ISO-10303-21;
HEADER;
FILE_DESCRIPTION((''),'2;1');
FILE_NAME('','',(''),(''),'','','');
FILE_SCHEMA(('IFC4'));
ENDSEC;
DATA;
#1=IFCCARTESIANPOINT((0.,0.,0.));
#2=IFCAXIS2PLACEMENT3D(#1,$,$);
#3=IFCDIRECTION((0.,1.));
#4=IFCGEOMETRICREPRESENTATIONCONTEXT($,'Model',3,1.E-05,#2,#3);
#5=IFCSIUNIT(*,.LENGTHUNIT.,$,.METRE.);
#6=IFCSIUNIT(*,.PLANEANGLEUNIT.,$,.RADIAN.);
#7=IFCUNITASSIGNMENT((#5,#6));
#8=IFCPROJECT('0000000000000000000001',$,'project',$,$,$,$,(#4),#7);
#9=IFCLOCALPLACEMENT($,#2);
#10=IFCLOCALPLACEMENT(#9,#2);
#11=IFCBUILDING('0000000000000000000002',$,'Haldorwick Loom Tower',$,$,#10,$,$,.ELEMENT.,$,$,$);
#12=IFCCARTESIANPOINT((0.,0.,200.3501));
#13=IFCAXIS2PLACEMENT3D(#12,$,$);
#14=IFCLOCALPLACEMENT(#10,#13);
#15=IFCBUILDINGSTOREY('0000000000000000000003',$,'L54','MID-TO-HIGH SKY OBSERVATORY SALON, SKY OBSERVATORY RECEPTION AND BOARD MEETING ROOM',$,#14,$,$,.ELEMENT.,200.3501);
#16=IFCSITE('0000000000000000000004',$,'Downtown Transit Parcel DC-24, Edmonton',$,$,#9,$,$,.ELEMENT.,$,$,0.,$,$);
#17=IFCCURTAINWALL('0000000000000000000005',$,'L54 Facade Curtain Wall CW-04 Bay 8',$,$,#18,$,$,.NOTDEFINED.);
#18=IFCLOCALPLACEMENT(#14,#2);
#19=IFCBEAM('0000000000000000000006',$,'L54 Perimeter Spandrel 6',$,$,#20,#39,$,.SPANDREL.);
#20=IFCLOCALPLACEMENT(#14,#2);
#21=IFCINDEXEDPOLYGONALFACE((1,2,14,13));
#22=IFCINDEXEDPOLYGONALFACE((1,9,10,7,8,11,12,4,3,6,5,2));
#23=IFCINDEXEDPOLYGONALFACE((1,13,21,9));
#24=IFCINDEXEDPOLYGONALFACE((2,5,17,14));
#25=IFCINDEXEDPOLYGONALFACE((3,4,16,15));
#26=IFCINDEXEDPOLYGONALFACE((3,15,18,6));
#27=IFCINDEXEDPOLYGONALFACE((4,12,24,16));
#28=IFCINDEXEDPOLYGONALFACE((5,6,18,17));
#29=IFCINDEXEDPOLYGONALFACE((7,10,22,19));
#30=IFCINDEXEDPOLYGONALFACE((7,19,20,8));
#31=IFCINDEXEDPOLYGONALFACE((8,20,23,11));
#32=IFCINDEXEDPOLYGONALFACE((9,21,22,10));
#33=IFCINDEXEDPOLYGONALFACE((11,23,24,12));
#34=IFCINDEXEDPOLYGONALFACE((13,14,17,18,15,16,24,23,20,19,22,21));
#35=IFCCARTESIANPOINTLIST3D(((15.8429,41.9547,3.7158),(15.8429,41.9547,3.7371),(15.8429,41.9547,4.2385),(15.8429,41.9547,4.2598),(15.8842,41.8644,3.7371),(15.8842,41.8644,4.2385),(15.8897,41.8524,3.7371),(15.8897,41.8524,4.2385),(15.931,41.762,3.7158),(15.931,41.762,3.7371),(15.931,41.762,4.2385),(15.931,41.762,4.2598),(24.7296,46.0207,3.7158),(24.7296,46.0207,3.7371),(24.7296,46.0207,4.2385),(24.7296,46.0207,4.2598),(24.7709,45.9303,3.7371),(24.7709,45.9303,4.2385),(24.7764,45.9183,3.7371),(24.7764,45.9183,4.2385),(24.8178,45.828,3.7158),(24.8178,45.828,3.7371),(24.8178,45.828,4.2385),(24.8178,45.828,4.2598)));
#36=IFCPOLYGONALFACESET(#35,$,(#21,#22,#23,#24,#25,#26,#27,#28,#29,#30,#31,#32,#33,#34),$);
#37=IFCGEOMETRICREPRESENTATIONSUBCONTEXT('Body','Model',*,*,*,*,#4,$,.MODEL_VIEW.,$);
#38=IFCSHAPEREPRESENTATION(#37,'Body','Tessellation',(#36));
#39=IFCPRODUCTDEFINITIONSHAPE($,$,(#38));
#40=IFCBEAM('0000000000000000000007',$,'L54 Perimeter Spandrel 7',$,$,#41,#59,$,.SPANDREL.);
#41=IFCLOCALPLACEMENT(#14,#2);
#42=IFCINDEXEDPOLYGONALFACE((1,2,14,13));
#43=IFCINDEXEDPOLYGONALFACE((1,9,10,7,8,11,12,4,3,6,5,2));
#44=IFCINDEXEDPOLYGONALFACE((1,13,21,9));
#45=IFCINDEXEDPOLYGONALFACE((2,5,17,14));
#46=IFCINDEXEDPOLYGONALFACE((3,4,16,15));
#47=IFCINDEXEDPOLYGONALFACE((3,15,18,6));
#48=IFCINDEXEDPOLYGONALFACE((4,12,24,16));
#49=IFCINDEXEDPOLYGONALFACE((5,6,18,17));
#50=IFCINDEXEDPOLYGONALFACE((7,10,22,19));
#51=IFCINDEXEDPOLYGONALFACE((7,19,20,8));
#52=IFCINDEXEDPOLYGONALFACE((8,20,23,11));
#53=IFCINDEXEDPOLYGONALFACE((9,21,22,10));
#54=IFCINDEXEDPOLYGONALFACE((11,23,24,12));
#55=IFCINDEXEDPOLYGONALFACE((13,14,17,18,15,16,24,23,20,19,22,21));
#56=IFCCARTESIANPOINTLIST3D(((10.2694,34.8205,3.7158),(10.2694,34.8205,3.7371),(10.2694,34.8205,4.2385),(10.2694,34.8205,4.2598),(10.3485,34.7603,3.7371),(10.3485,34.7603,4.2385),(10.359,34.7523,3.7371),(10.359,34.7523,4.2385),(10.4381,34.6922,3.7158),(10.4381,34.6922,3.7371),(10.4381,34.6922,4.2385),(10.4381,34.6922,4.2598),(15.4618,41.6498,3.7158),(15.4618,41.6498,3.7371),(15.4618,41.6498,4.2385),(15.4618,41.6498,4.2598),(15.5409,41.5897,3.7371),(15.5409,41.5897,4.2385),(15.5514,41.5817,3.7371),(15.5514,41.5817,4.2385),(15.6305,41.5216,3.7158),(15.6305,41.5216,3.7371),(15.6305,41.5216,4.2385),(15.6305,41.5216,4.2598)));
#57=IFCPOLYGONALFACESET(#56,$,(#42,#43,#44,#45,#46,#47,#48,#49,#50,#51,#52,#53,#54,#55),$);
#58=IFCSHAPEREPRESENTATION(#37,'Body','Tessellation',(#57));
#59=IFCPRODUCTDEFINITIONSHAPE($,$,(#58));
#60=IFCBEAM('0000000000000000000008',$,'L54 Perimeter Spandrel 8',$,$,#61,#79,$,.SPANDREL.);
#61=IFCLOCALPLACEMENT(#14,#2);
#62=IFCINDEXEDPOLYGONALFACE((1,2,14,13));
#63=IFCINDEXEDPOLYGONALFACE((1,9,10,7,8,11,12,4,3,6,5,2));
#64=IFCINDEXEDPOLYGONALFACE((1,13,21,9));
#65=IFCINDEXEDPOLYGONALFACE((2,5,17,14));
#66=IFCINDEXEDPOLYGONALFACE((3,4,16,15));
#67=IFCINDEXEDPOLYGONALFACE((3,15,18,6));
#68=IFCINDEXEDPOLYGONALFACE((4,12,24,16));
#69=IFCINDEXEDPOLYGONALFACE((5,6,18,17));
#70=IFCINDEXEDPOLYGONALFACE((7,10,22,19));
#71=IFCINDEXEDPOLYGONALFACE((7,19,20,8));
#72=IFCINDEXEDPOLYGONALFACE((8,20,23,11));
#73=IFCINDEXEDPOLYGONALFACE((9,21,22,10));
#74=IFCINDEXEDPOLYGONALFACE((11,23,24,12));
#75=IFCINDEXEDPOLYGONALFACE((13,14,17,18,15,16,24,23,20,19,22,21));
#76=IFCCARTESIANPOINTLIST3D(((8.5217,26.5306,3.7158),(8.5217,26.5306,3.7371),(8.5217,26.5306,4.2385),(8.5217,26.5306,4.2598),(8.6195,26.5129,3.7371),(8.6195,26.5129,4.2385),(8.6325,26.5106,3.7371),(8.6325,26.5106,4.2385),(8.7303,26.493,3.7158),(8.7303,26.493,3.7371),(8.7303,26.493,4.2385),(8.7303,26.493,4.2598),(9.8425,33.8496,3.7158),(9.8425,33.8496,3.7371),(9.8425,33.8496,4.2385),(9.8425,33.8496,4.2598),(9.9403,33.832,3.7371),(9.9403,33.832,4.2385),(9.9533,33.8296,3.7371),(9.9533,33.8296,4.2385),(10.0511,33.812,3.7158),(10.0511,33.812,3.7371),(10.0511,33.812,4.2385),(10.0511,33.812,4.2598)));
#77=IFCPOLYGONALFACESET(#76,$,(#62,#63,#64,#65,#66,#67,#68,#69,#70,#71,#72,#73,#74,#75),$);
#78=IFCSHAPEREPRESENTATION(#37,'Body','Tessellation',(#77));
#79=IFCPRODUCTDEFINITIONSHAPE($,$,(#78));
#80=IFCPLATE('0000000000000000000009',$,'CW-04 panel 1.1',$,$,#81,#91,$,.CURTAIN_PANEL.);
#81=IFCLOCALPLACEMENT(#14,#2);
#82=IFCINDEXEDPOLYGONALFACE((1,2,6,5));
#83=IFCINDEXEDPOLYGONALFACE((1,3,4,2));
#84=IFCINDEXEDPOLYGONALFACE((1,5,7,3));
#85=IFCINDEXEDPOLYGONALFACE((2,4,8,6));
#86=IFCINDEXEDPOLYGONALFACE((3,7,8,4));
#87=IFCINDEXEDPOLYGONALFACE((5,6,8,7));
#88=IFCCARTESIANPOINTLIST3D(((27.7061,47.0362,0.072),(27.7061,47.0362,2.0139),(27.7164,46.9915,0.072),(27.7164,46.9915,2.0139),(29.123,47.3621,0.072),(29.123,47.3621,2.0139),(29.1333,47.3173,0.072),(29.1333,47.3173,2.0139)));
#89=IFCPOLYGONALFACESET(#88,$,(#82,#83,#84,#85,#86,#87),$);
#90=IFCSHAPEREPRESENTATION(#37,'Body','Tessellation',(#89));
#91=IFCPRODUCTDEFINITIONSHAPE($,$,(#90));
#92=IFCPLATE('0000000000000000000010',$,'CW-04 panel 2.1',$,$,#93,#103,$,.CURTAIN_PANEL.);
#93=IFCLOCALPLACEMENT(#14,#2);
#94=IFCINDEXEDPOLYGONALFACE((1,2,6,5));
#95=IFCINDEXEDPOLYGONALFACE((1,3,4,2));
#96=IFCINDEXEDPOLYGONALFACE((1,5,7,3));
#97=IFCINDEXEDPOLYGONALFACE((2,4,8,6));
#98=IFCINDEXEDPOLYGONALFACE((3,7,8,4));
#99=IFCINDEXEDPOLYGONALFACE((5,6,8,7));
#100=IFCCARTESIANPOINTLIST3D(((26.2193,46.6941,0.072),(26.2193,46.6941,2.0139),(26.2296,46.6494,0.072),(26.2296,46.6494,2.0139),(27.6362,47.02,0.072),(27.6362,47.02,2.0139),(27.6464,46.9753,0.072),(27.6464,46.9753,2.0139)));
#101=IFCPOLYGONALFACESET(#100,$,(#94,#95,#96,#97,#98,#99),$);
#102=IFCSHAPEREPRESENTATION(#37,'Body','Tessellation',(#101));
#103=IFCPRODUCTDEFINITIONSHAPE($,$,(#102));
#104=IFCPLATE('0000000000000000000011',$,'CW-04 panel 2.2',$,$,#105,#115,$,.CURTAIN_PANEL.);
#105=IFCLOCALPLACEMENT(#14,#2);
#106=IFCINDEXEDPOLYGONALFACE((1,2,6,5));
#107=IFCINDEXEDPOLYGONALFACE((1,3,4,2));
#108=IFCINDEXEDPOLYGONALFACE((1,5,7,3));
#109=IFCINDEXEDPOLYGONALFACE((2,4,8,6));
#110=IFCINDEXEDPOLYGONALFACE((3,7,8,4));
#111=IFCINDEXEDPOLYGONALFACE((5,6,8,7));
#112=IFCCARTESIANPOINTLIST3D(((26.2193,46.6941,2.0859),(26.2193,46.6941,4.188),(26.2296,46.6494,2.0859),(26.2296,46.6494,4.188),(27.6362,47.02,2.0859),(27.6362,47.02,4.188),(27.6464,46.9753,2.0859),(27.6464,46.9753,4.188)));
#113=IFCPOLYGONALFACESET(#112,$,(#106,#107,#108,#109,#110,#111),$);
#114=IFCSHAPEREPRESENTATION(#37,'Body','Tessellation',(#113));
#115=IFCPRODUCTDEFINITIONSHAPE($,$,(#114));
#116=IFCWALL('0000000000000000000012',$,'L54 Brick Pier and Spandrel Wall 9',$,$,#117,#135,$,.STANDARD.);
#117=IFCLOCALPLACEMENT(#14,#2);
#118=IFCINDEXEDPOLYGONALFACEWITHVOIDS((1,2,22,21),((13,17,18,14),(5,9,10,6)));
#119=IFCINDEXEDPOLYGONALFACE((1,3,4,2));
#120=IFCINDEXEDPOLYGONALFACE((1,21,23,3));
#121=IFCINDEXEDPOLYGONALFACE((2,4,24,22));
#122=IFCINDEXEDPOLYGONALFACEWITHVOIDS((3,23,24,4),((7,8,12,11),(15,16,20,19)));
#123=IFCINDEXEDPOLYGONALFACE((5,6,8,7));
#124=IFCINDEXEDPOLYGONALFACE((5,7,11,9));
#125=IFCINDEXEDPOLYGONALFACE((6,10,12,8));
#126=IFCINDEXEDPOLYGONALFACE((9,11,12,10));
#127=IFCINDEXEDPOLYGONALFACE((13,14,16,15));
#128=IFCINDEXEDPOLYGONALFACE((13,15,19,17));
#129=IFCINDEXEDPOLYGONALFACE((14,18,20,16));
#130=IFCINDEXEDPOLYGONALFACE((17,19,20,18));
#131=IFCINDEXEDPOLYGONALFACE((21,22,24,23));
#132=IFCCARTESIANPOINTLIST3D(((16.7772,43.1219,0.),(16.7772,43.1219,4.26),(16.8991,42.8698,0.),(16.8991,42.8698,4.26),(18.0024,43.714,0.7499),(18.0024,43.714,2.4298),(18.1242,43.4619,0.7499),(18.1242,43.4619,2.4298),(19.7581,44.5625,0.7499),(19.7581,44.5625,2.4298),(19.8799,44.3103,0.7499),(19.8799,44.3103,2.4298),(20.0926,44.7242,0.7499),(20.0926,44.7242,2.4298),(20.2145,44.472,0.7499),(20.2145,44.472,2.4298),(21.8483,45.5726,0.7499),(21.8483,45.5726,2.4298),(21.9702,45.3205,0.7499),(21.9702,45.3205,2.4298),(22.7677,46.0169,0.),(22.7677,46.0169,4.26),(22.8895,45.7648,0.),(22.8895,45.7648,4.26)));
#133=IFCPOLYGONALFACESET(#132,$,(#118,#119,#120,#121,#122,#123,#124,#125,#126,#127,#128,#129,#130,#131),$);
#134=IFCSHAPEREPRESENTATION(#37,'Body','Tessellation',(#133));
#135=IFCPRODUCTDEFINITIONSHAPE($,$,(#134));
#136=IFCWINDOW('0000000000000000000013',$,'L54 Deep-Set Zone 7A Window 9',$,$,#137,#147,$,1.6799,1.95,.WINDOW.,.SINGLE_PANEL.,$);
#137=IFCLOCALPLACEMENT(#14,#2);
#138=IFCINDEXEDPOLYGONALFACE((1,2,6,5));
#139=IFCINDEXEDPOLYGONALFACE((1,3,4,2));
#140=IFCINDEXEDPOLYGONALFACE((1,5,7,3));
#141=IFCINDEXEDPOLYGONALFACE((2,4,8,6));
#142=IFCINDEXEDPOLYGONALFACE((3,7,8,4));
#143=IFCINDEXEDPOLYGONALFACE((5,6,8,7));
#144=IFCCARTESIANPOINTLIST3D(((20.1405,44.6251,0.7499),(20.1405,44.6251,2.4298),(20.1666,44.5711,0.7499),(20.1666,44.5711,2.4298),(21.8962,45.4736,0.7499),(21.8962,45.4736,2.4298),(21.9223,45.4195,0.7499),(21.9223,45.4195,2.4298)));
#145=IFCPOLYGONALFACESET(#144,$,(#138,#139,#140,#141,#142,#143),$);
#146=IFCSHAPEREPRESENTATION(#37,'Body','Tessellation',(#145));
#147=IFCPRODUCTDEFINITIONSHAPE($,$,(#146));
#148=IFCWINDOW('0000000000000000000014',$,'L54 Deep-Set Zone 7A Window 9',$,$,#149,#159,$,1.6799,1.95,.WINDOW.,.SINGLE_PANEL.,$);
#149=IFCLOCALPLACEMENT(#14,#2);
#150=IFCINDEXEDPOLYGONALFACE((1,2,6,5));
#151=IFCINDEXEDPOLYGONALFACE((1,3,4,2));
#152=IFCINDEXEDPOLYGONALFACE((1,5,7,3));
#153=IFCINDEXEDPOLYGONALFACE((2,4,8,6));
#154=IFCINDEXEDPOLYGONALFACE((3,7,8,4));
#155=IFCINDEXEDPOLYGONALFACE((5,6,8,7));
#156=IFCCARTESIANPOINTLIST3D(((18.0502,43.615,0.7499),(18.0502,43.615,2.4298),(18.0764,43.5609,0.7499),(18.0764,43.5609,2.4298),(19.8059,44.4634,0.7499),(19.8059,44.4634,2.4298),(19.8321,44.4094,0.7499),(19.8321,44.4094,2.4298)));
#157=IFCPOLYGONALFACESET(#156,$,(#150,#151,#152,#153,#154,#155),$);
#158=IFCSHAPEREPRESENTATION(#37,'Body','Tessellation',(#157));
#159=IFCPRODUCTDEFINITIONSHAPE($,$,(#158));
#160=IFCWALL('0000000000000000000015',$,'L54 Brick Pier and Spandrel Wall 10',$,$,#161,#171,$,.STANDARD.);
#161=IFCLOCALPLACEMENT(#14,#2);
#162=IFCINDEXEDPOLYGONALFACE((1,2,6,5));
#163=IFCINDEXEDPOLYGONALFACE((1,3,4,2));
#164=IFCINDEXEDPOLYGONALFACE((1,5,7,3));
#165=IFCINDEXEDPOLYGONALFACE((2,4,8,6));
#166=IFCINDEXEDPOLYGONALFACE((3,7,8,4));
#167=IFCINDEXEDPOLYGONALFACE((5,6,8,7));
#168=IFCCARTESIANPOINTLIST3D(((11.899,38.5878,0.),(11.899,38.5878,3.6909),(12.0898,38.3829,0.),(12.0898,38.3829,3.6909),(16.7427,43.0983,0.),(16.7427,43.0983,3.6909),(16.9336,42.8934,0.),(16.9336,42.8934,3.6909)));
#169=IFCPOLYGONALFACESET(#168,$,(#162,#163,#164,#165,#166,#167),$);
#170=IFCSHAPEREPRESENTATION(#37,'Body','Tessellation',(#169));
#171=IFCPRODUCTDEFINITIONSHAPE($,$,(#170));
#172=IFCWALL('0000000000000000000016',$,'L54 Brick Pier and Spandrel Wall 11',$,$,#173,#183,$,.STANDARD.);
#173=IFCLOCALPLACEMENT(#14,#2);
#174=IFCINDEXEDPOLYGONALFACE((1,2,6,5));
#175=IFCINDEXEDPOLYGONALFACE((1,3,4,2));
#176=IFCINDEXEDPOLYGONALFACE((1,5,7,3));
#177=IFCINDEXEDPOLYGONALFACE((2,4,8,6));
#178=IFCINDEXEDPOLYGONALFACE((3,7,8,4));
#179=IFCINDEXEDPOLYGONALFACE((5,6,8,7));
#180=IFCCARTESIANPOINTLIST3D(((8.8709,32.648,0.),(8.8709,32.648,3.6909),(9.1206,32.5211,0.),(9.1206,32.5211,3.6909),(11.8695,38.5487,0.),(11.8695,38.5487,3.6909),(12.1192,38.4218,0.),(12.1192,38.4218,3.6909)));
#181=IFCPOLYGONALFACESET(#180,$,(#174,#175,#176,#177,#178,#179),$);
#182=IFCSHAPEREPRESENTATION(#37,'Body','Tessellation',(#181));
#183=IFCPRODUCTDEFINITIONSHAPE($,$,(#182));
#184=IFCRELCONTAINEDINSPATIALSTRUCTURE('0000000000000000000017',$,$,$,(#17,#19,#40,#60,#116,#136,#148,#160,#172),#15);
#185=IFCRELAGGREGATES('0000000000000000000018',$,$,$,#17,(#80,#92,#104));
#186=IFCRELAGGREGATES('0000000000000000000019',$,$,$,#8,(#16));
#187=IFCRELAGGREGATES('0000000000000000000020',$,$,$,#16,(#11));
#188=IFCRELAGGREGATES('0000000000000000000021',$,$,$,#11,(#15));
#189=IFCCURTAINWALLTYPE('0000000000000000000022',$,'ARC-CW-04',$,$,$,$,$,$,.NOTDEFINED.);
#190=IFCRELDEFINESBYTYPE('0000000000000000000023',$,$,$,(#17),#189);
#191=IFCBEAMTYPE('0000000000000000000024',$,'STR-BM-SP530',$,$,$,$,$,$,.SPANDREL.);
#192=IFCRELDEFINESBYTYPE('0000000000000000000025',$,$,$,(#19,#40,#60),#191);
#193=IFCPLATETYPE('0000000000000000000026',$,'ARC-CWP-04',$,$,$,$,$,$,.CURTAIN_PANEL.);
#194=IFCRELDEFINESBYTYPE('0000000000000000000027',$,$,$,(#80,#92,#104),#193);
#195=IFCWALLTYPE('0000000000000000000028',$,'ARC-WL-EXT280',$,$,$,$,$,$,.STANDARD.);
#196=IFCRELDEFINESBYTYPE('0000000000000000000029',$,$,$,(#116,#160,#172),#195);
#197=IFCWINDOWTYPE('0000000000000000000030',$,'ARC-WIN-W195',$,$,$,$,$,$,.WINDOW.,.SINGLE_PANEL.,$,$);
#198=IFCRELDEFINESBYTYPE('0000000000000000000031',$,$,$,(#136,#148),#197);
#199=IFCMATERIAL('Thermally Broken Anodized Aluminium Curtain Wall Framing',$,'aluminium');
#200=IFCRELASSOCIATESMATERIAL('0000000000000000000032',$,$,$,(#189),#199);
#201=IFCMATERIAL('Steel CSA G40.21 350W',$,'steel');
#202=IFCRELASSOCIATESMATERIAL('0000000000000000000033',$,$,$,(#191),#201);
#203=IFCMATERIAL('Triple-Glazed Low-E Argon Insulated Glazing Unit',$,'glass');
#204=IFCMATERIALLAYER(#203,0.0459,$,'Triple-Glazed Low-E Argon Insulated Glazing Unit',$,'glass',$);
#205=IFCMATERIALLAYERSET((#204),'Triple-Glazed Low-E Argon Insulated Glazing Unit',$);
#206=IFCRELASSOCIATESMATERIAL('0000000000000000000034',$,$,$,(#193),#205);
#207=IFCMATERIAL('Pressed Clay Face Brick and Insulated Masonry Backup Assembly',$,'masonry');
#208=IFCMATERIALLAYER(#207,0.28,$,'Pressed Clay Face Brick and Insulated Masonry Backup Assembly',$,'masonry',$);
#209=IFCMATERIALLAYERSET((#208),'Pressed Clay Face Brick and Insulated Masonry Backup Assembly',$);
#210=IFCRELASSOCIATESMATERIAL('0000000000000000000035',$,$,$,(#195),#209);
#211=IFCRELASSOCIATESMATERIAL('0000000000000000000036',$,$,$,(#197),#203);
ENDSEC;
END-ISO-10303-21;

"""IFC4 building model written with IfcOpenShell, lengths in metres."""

from ifc_helpers import new_model, si_unit, direction, frame, frame_2d, origin, origin_2d, place, context, subcontext, project, spatial, rectangle, i_section, extrude, material, layer, layer_set, material_profile, profile_set, type_object, element, fill, aggregate, save


model = new_model("IFC4")

# Units and contexts
model_context = context("Model", 3, precision=1e-05, world=origin(), true_north=direction((0.0, 1.0)))
body_context = subcontext(model_context, "Body", "Model", "MODEL_VIEW")
ifc_project = project(units=[si_unit("LENGTHUNIT", "METRE"), si_unit("PLANEANGLEUNIT", "RADIAN")], contexts=[model_context])

# Site, building, storey
site_placement = place(None, origin())
site = spatial("IfcSite", under=ifc_project, at=site_placement, Name="Downtown Transit Parcel DC-24, Edmonton", CompositionType="ELEMENT", RefElevation=0.0)
building_placement = place(site_placement, origin())
building = spatial("IfcBuilding", under=site, at=building_placement, Name="Haldorwick Loom Tower", CompositionType="ELEMENT")
storey_placement = place(building_placement, frame((0.0, 0.0, 200.3501)))
storey = spatial("IfcBuildingStorey", under=building, at=storey_placement, Name="L54", Description="MID-TO-HIGH SKY OBSERVATORY SALON, SKY OBSERVATORY RECEPTION AND BOARD MEETING ROOM", CompositionType="ELEMENT", Elevation=200.3501)

# Shared definitions
ifc_material_1 = material(Name="Steel CSA G40.21 350W", Category="steel")

# Curtain wall
ifc_material_2 = material(Name="Thermally Broken Anodized Aluminium Curtain Wall Framing", Category="aluminium")
curtain_wall_type = type_object("IfcCurtainWallType", Name="ARC-CW-04", PredefinedType="NOTDEFINED", material=ifc_material_2)
curtain_wall_placement = place(storey_placement, origin())
curtain_wall = element("IfcCurtainWall", 1, at=curtain_wall_placement, inside=storey, type_object=curtain_wall_type, Name="L54 Facade Curtain Wall CW-04 Bay 8", PredefinedType="NOTDEFINED")

# Beams
ifc_material_profile_1 = material_profile(ifc_material_1, i_section(OverallWidth=0.2119, OverallDepth=0.5439, WebThickness=0.0132, FlangeThickness=0.0212, at=origin_2d()), Name="W530X123", Category="steel")
ifc_profile_set_1 = profile_set([ifc_material_profile_1], Name="Steel CSA G40.21 350W")
beam_type_1 = type_object("IfcBeamType", Name="STR-BM-SP530", PredefinedType="SPANDREL", material=ifc_profile_set_1)
beam_1_placement = place(storey_placement, frame((24.7737, 45.9243, 3.9878), z_axis=(-0.909342, -0.416049, 0.0), x_axis=(0.416049, -0.909342, 0.0)))
element("IfcBeam", 2, at=beam_1_placement, inside=storey, type_object=beam_type_1, Name="L54 Perimeter Spandrel 6", PredefinedType="SPANDREL", context=body_context, shape_type="SweptSolid", body=[
    extrude(i_section(OverallWidth=0.2119, OverallDepth=0.5439, WebThickness=0.0132, FlangeThickness=0.0212, at=origin_2d()), origin(), (0.0, 0.0, 1.0), 9.7727),
])
beam_2_placement = place(storey_placement, frame((15.5461, 41.5857, 3.9878), z_axis=(-0.605237, -0.796045, 0.0), x_axis=(0.796045, -0.605237, 0.0)))
element("IfcBeam", 3, at=beam_2_placement, inside=storey, type_object=beam_type_1, Name="L54 Perimeter Spandrel 7", PredefinedType="SPANDREL", context=body_context, shape_type="SweptSolid", body=[
    extrude(i_section(OverallWidth=0.2119, OverallDepth=0.5439, WebThickness=0.0132, FlangeThickness=0.0212, at=origin_2d()), origin(), (0.0, 0.0, 1.0), 8.5791),
])
beam_3_placement = place(storey_placement, frame((9.9468, 33.8308, 3.9878), z_axis=(-0.177591, -0.984104, 0.0), x_axis=(0.984104, -0.177591, 0.0)))
element("IfcBeam", 4, at=beam_3_placement, inside=storey, type_object=beam_type_1, Name="L54 Perimeter Spandrel 8", PredefinedType="SPANDREL", context=body_context, shape_type="SweptSolid", body=[
    extrude(i_section(OverallWidth=0.2119, OverallDepth=0.5439, WebThickness=0.0132, FlangeThickness=0.0212, at=origin_2d()), origin(), (0.0, 0.0, 1.0), 7.4373),
])

# Plates
ifc_material_3 = material(Name="Triple-Glazed Low-E Argon Insulated Glazing Unit", Category="glass")
ifc_layer_1 = layer(ifc_material_3, 0.0459, Name="Triple-Glazed Low-E Argon Insulated Glazing Unit", Category="glass")
ifc_layer_set_1 = layer_set([ifc_layer_1], Name="Triple-Glazed Low-E Argon Insulated Glazing Unit")
plate_type = type_object("IfcPlateType", Name="ARC-CWP-04", PredefinedType="CURTAIN_PANEL", material=ifc_layer_set_1)
plate_1_placement = place(storey_placement, frame((28.4197, 47.1768, 0.072), z_axis=(0.0, 0.0, 1.0), x_axis=(-0.974557, -0.224142, 0.0)))
plate_1 = element("IfcPlate", 5, at=plate_1_placement, type_object=plate_type, Name="CW-04 panel 1.1", PredefinedType="CURTAIN_PANEL", context=body_context, shape_type="SweptSolid", body=[
    extrude(rectangle(XDim=1.4539, YDim=0.0459, at=origin_2d()), origin(), (0.0, 0.0, 1.0), 1.9419),
])
plate_2_placement = place(storey_placement, frame((26.9329, 46.8347, 0.072), z_axis=(0.0, 0.0, 1.0), x_axis=(-0.974557, -0.224142, 0.0)))
plate_2 = element("IfcPlate", 6, at=plate_2_placement, type_object=plate_type, Name="CW-04 panel 2.1", PredefinedType="CURTAIN_PANEL", context=body_context, shape_type="SweptSolid", body=[
    extrude(rectangle(XDim=1.4539, YDim=0.0459, at=origin_2d()), origin(), (0.0, 0.0, 1.0), 1.9419),
])
plate_3_placement = place(storey_placement, frame((26.9329, 46.8347, 2.0859), z_axis=(0.0, 0.0, 1.0), x_axis=(-0.974557, -0.224142, 0.0)))
plate_3 = element("IfcPlate", 7, at=plate_3_placement, type_object=plate_type, Name="CW-04 panel 2.2", PredefinedType="CURTAIN_PANEL", context=body_context, shape_type="SweptSolid", body=[
    extrude(rectangle(XDim=1.4539, YDim=0.0459, at=origin_2d()), origin(), (0.0, 0.0, 1.0), 2.1021),
])
aggregate(curtain_wall, [plate_1, plate_2, plate_3])

# Wall, openings, windows
ifc_material_4 = material(Name="Pressed Clay Face Brick and Insulated Masonry Backup Assembly", Category="masonry")
ifc_layer_2 = layer(ifc_material_4, 0.28, Name="Pressed Clay Face Brick and Insulated Masonry Backup Assembly", Category="masonry")
ifc_layer_set_2 = layer_set([ifc_layer_2], Name="Pressed Clay Face Brick and Insulated Masonry Backup Assembly")
wall_type_1 = type_object("IfcWallType", Name="ARC-WL-EXT280", PredefinedType="STANDARD", material=ifc_layer_set_2)
wall_1_placement = place(storey_placement, frame((22.8286, 45.8909, 0.0), z_axis=(0.0, 0.0, 1.0), x_axis=(-0.900371, -0.435123, 0.0)))
wall_1 = element("IfcWall", 8, at=wall_1_placement, inside=storey, type_object=wall_type_1, Name="L54 Brick Pier and Spandrel Wall 9", PredefinedType="STANDARD", context=body_context, shape_type="SweptSolid", body=[
    extrude(rectangle(XDim=6.6533, YDim=0.28, at=frame_2d((3.3267, 0.0))), origin(), (0.0, 0.0, 1.0), 4.26),
])
opening_1_placement = place(wall_1_placement, frame((1.021, 0.0, 0.75)))
opening_1 = element("IfcOpeningElement", 9, at=opening_1_placement, cuts=wall_1, PredefinedType="OPENING", context=body_context, shape_type="SweptSolid", body=[
    extrude(rectangle(XDim=1.95, YDim=1.6799, at=frame_2d((0.9751, 0.8398))), frame((0.0, 0.1499, 0.0), z_axis=(0.0, -1.0, 0.0), x_axis=(1.0, 0.0, 0.0)), (0.0, 0.0, 1.0), 0.3),
])
opening_2_placement = place(wall_1_placement, frame((3.3425, 0.0, 0.75)))
opening_2 = element("IfcOpeningElement", 10, at=opening_2_placement, cuts=wall_1, PredefinedType="OPENING", context=body_context, shape_type="SweptSolid", body=[
    extrude(rectangle(XDim=1.95, YDim=1.6799, at=frame_2d((0.9751, 0.8398))), frame((0.0, 0.1499, 0.0), z_axis=(0.0, -1.0, 0.0), x_axis=(1.0, 0.0, 0.0)), (0.0, 0.0, 1.0), 0.3),
])
window_type = type_object("IfcWindowType", Name="ARC-WIN-W195", PartitioningType="SINGLE_PANEL", PredefinedType="WINDOW", material=ifc_material_3)
window_1_placement = place(opening_1_placement, origin())
window_1 = element("IfcWindow", 11, at=window_1_placement, inside=storey, type_object=window_type, Name="L54 Deep-Set Zone 7A Window 9", OverallHeight=1.6799, OverallWidth=1.95, PartitioningType="SINGLE_PANEL", PredefinedType="WINDOW", context=body_context, shape_type="SweptSolid", body=[
    extrude(rectangle(XDim=1.95, YDim=1.6799, at=frame_2d((0.9751, 0.8398))), frame((0.0, 0.03, 0.0), z_axis=(0.0, -1.0, 0.0), x_axis=(1.0, 0.0, 0.0)), (0.0, 0.0, 1.0), 0.0601),
])
fill(opening_1, window_1)
window_2_placement = place(opening_2_placement, origin())
window_2 = element("IfcWindow", 12, at=window_2_placement, inside=storey, type_object=window_type, Name="L54 Deep-Set Zone 7A Window 9", OverallHeight=1.6799, OverallWidth=1.95, PartitioningType="SINGLE_PANEL", PredefinedType="WINDOW", context=body_context, shape_type="SweptSolid", body=[
    extrude(rectangle(XDim=1.95, YDim=1.6799, at=frame_2d((0.9751, 0.8398))), frame((0.0, 0.03, 0.0), z_axis=(0.0, -1.0, 0.0), x_axis=(1.0, 0.0, 0.0)), (0.0, 0.0, 1.0), 0.0601),
])
fill(opening_2, window_2)

# Walls
wall_2_placement = place(storey_placement, frame((16.8381, 42.9958, 0.0), z_axis=(0.0, 0.0, 1.0), x_axis=(-0.731834, -0.681483, 0.0)))
element("IfcWall", 13, at=wall_2_placement, inside=storey, type_object=wall_type_1, Name="L54 Brick Pier and Spandrel Wall 10", PredefinedType="STANDARD", context=body_context, shape_type="SweptSolid", body=[
    extrude(rectangle(XDim=6.6187, YDim=0.28, at=frame_2d((3.3093, 0.0))), origin(), (0.0, 0.0, 1.0), 3.6909),
])
wall_3_placement = place(storey_placement, frame((11.9944, 38.4854, 0.0), z_axis=(0.0, 0.0, 1.0), x_axis=(-0.453032, -0.891494, 0.0)))
element("IfcWall", 14, at=wall_3_placement, inside=storey, type_object=wall_type_1, Name="L54 Brick Pier and Spandrel Wall 11", PredefinedType="STANDARD", context=body_context, shape_type="SweptSolid", body=[
    extrude(rectangle(XDim=6.6189, YDim=0.28, at=frame_2d((3.3096, 0.0))), origin(), (0.0, 0.0, 1.0), 3.6909),
])

save(model, "model.ifc")
